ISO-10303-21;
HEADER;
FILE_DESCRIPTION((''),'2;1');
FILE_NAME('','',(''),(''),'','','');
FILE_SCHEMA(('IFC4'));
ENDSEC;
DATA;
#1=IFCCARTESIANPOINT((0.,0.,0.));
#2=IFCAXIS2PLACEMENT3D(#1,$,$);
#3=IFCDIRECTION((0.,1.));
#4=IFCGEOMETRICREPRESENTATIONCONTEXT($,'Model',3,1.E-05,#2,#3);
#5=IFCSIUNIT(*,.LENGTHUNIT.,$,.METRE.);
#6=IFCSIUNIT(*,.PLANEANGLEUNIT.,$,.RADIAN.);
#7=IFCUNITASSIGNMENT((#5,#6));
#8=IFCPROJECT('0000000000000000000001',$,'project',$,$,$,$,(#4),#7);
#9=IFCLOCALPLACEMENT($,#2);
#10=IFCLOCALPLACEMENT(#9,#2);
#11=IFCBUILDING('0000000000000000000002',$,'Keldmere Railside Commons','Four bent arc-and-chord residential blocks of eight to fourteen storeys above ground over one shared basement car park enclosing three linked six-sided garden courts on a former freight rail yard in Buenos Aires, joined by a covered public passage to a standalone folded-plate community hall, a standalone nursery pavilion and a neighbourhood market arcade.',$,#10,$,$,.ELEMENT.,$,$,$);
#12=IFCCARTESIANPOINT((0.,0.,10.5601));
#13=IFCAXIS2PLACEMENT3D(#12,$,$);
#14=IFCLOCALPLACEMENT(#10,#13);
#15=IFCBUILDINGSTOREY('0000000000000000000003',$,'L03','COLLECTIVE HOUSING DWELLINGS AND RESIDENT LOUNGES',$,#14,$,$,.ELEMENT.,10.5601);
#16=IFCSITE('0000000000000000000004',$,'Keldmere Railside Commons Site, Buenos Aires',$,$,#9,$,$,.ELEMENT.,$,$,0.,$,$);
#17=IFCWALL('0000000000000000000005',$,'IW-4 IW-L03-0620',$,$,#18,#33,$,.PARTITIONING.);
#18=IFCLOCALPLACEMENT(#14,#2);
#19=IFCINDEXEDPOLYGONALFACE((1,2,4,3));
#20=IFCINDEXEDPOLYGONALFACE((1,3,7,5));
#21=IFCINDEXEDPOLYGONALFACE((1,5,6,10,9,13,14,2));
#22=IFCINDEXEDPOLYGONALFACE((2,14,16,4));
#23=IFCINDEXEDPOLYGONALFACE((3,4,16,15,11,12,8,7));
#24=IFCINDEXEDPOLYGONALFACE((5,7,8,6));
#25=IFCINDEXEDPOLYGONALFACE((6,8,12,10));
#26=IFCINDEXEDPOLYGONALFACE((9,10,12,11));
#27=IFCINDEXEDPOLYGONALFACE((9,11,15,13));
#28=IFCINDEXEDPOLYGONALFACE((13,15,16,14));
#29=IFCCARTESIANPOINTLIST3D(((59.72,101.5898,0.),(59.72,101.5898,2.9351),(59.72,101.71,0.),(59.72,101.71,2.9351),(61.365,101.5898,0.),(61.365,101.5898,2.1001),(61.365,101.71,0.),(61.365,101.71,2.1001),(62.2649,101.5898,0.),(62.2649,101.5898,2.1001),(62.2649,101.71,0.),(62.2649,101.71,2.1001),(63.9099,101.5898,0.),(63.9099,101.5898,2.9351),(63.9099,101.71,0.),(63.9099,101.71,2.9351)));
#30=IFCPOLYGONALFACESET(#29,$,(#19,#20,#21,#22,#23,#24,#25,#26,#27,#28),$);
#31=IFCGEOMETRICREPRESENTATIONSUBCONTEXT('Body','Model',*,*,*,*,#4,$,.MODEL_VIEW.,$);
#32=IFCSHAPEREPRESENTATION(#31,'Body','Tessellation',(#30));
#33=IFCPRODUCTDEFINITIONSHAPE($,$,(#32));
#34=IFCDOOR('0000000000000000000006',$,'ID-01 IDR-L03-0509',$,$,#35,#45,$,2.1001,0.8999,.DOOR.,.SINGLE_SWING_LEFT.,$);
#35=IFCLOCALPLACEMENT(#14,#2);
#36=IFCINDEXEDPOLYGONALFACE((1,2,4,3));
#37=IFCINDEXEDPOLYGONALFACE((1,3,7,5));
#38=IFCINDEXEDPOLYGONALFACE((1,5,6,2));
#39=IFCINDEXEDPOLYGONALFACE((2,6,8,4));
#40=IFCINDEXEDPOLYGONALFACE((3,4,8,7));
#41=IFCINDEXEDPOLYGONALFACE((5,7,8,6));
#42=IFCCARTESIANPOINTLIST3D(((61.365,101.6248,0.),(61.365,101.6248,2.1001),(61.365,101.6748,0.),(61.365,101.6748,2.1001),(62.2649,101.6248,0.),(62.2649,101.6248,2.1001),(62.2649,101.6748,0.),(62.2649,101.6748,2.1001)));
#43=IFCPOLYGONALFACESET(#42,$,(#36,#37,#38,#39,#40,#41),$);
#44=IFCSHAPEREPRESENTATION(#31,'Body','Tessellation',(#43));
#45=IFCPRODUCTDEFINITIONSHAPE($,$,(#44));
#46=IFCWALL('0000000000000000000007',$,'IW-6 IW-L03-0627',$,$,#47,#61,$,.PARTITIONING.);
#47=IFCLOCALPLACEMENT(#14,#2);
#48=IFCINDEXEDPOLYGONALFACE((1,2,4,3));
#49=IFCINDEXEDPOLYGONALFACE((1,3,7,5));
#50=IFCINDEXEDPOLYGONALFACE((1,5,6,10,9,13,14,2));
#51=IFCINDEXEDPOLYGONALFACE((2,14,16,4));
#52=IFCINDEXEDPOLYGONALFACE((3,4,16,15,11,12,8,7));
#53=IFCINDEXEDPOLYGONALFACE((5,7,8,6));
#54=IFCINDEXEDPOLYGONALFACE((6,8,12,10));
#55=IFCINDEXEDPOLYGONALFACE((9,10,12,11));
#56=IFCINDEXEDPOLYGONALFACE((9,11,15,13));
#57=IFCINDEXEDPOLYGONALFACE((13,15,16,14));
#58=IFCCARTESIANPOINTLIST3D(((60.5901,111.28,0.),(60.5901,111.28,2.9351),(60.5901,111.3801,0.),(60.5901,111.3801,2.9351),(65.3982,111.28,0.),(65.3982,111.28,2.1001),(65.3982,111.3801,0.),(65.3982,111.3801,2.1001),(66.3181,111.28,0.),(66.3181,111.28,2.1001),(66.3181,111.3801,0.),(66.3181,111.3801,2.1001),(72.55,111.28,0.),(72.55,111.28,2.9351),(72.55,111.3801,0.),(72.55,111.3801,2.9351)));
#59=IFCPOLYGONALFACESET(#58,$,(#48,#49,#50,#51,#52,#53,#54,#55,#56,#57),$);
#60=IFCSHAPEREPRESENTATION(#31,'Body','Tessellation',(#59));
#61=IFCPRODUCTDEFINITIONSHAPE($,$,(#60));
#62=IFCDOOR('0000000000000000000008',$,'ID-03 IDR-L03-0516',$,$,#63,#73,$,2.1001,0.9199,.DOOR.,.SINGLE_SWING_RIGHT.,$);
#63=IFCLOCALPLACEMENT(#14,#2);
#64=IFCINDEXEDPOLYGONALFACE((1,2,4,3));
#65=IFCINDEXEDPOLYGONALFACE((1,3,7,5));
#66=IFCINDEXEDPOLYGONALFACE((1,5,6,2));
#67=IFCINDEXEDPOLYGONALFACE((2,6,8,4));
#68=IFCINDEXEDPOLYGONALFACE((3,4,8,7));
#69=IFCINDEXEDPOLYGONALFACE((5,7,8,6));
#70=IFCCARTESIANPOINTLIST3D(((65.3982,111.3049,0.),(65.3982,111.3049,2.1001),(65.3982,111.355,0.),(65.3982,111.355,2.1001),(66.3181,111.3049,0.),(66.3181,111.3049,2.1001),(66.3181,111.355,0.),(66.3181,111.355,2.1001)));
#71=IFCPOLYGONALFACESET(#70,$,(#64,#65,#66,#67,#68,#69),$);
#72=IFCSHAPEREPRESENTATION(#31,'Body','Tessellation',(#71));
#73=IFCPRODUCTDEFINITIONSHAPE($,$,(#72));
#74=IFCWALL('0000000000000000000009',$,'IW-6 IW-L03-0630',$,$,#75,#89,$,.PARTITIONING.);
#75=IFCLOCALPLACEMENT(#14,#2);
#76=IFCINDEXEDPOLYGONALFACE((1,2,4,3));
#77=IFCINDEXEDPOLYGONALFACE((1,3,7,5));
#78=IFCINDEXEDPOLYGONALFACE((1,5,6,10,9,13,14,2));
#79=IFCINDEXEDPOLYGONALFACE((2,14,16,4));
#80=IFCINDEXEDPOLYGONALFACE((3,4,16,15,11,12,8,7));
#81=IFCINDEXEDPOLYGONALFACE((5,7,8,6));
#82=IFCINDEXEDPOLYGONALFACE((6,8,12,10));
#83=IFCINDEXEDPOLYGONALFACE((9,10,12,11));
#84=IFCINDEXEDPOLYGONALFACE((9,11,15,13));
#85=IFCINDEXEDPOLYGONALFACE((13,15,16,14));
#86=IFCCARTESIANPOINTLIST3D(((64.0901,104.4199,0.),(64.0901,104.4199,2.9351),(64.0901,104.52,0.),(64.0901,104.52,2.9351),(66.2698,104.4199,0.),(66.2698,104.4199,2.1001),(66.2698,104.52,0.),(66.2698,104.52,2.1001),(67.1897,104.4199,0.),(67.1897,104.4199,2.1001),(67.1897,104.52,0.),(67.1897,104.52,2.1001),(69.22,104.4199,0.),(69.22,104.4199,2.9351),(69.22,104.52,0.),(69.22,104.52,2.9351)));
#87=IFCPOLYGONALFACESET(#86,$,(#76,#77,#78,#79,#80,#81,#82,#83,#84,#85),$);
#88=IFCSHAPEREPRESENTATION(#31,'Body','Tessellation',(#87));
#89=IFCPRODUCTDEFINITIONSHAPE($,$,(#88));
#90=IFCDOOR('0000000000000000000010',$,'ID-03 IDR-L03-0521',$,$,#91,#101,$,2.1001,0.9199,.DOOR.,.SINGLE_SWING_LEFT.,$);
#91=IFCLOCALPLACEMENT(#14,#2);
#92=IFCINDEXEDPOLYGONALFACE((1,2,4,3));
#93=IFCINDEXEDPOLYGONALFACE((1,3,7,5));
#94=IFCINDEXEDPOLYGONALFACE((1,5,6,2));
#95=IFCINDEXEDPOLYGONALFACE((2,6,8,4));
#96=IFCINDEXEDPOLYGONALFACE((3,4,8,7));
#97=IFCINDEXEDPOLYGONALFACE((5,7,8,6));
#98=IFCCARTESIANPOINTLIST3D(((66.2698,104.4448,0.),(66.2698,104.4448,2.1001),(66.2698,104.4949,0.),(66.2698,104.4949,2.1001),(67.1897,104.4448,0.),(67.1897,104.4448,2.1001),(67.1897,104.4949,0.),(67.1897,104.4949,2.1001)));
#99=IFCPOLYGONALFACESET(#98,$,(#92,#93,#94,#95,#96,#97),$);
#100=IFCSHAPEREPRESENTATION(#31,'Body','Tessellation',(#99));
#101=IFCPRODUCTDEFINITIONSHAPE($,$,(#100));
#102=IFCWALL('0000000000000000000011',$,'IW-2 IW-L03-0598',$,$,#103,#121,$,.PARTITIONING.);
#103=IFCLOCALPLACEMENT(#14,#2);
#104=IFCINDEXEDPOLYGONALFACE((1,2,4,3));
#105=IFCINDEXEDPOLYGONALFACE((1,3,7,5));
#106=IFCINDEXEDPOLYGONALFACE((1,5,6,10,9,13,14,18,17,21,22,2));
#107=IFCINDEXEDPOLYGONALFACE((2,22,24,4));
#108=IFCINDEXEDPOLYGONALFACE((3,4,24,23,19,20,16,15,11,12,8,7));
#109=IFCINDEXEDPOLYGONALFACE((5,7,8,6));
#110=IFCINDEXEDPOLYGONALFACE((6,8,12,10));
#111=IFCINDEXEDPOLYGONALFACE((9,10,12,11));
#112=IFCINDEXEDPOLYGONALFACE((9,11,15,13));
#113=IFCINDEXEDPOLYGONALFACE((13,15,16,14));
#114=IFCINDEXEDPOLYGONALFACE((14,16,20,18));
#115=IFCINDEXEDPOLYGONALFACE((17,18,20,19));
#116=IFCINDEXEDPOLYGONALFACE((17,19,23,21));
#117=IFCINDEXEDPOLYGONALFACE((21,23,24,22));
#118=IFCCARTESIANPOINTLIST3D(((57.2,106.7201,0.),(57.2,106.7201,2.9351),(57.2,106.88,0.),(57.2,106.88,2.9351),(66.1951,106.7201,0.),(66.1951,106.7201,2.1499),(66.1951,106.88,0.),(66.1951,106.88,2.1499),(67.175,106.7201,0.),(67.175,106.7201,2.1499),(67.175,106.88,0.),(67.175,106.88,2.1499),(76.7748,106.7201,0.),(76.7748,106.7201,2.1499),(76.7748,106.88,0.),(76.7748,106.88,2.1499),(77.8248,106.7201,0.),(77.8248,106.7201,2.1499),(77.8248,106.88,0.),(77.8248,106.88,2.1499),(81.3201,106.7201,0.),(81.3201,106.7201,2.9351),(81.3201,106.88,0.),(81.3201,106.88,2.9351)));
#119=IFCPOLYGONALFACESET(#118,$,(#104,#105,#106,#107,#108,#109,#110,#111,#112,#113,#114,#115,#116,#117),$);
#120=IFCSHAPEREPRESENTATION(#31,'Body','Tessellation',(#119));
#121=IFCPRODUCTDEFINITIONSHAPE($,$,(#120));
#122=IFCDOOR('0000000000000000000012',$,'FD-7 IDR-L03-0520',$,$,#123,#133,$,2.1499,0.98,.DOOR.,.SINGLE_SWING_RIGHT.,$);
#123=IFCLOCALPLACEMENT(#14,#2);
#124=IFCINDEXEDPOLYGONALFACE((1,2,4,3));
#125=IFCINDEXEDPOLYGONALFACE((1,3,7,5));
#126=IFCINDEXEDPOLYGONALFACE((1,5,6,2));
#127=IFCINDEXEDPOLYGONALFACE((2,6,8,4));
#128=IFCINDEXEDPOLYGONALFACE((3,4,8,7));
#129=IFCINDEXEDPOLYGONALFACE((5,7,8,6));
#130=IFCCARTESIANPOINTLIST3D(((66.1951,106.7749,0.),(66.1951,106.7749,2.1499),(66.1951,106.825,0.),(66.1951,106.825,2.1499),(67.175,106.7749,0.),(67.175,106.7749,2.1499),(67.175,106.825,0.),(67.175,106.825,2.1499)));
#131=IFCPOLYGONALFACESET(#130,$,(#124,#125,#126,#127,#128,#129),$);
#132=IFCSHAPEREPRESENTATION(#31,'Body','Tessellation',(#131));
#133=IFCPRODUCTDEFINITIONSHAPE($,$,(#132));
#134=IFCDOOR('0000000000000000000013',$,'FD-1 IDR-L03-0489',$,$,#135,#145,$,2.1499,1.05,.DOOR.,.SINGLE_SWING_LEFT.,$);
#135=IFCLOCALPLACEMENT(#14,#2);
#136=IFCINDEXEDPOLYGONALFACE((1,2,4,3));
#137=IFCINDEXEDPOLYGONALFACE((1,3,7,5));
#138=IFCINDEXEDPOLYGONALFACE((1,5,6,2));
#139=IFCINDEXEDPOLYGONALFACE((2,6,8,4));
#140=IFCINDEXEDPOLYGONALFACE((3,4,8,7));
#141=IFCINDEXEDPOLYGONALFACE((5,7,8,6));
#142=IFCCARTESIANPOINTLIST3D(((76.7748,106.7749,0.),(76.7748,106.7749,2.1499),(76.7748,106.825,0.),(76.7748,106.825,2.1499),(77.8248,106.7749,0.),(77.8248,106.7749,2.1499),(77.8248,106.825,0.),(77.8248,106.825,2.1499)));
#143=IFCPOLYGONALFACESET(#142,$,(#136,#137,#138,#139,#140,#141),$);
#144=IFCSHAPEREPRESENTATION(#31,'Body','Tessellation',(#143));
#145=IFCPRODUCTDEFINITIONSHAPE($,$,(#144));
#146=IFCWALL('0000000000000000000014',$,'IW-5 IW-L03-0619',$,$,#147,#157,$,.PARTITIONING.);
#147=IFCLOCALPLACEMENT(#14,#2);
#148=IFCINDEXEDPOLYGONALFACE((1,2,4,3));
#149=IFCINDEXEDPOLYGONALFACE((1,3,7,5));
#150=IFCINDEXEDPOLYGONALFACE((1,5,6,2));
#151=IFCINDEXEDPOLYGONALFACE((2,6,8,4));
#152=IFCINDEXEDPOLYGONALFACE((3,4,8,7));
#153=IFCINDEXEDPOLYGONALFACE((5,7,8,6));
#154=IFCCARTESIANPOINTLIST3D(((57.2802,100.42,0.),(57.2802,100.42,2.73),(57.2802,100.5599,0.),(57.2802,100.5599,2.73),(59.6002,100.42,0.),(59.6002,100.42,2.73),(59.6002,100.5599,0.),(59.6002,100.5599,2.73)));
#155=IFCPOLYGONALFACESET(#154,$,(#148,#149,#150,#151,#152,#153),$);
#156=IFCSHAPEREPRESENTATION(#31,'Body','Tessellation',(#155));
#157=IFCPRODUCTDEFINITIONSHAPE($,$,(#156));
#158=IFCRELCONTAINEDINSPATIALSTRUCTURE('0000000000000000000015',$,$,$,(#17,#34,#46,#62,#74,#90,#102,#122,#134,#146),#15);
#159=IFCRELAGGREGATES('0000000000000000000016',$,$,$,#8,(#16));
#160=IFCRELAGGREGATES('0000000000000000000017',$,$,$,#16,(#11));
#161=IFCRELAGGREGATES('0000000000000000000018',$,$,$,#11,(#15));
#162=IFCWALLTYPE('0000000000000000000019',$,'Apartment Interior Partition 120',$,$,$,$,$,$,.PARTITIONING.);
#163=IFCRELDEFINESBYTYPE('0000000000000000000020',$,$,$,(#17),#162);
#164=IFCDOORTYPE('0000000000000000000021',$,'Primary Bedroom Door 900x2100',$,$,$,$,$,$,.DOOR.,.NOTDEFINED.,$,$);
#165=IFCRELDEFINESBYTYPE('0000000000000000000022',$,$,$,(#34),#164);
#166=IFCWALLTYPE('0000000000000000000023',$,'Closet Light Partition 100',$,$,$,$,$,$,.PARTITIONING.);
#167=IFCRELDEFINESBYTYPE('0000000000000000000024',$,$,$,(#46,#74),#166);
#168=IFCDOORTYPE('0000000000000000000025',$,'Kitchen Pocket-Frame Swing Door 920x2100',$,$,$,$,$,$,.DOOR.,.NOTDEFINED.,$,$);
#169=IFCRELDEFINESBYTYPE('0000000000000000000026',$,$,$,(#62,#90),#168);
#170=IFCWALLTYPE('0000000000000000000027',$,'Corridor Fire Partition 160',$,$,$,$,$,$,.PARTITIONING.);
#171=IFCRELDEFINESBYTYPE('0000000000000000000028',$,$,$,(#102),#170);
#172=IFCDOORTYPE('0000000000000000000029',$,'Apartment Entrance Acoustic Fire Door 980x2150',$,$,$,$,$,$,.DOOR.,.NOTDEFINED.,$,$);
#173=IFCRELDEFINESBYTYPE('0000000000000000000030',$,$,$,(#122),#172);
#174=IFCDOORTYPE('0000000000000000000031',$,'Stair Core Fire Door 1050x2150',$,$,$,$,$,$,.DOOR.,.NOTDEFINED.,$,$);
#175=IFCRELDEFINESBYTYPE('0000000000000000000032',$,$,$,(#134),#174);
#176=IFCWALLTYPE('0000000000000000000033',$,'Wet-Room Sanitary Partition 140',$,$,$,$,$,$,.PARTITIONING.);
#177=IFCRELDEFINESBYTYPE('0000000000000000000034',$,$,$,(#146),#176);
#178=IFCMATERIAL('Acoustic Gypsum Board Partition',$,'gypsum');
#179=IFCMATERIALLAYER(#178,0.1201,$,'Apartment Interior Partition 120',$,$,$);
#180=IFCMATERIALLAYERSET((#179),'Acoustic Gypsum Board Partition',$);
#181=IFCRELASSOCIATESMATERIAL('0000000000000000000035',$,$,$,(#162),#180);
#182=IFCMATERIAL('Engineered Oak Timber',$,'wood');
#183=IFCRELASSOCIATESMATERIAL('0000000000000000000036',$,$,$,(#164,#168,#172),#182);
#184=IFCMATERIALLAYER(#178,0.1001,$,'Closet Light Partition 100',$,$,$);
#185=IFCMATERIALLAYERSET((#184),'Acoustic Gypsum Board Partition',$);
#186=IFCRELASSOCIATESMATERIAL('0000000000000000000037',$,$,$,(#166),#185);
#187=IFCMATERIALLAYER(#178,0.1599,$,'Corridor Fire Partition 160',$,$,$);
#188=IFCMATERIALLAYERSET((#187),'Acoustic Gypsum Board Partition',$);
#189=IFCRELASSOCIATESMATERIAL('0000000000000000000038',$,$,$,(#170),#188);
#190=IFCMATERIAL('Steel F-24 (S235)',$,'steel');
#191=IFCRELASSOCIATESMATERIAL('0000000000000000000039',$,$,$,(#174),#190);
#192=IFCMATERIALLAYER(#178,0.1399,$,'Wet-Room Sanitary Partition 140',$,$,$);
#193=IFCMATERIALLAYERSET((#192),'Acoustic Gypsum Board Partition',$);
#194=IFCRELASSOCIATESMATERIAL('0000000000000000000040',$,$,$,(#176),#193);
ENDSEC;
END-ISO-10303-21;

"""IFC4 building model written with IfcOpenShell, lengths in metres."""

from ifc_helpers import new_model, si_unit, direction, frame, frame_2d, origin, place, context, subcontext, project, spatial, rectangle, extrude, material, layer, layer_set, type_object, element, fill, save


model = new_model("IFC4")

# Units and contexts
model_context = context("Model", 3, precision=1e-05, world=origin(), true_north=direction((0.0, 1.0)))
body_context = subcontext(model_context, "Body", "Model", "MODEL_VIEW")
ifc_project = project(units=[si_unit("LENGTHUNIT", "METRE"), si_unit("PLANEANGLEUNIT", "RADIAN")], contexts=[model_context])

# Site, building, storey
site_placement = place(None, origin())
site = spatial("IfcSite", under=ifc_project, at=site_placement, Name="Keldmere Railside Commons Site, Buenos Aires", CompositionType="ELEMENT", RefElevation=0.0)
building_placement = place(site_placement, origin())
building = spatial("IfcBuilding", under=site, at=building_placement, Name="Keldmere Railside Commons", Description="Four bent arc-and-chord residential blocks of eight to fourteen storeys above ground over one shared basement car park enclosing three linked six-sided garden courts on a former freight rail yard in Buenos Aires, joined by a covered public passage to a standalone folded-plate community hall, a standalone nursery pavilion and a neighbourhood market arcade.", CompositionType="ELEMENT")
storey_placement = place(building_placement, frame((0.0, 0.0, 10.5601)))
storey = spatial("IfcBuildingStorey", under=building, at=storey_placement, Name="L03", Description="COLLECTIVE HOUSING DWELLINGS AND RESIDENT LOUNGES", CompositionType="ELEMENT", Elevation=10.5601)

# Shared definitions
ifc_material_1 = material(Name="Acoustic Gypsum Board Partition", Category="gypsum")

# Walls, openings, doors
ifc_layer_1 = layer(ifc_material_1, 0.1201, Name="Apartment Interior Partition 120")
ifc_layer_set_1 = layer_set([ifc_layer_1], Name="Acoustic Gypsum Board Partition")
wall_type_1 = type_object("IfcWallType", Name="Apartment Interior Partition 120", PredefinedType="PARTITIONING", material=ifc_layer_set_1)
wall_1_placement = place(storey_placement, frame((59.72, 101.6499, 0.0), z_axis=(0.0, 0.0, 1.0), x_axis=(1.0, 0.0, 0.0)))
wall_1 = element("IfcWall", 1, at=wall_1_placement, inside=storey, type_object=wall_type_1, Name="IW-4 IW-L03-0620", PredefinedType="PARTITIONING", context=body_context, shape_type="SweptSolid", body=[
    extrude(rectangle(XDim=4.1899, YDim=0.1201, at=frame_2d((2.095, 0.0))), origin(), (0.0, 0.0, 1.0), 2.9351),
])
opening_1_placement = place(wall_1_placement, frame((1.645, 0.0, 0.0)))
opening_1 = element("IfcOpeningElement", 2, at=opening_1_placement, cuts=wall_1, PredefinedType="OPENING", context=body_context, shape_type="SweptSolid", body=[
    extrude(rectangle(XDim=0.8999, YDim=2.1001, at=frame_2d((0.45, 1.05))), frame((0.0, 0.0701, 0.0), z_axis=(0.0, -1.0, 0.0), x_axis=(1.0, 0.0, 0.0)), (0.0, 0.0, 1.0), 0.1401),
])
ifc_material_2 = material(Name="Engineered Oak Timber", Category="wood")
door_type_1 = type_object("IfcDoorType", Name="Primary Bedroom Door 900x2100", OperationType="NOTDEFINED", PredefinedType="DOOR", material=ifc_material_2)
door_1_placement = place(opening_1_placement, origin())
door_1 = element("IfcDoor", 3, at=door_1_placement, inside=storey, type_object=door_type_1, Name="ID-01 IDR-L03-0509", OperationType="SINGLE_SWING_LEFT", OverallHeight=2.1001, OverallWidth=0.8999, PredefinedType="DOOR", context=body_context, shape_type="SweptSolid", body=[
    extrude(rectangle(XDim=0.8999, YDim=2.1001, at=frame_2d((0.45, 1.05))), frame((0.0, 0.0249, 0.0), z_axis=(0.0, -1.0, 0.0), x_axis=(1.0, 0.0, 0.0)), (0.0, 0.0, 1.0), 0.05),
])
fill(opening_1, door_1)
ifc_layer_2 = layer(ifc_material_1, 0.1001, Name="Closet Light Partition 100")
ifc_layer_set_2 = layer_set([ifc_layer_2], Name="Acoustic Gypsum Board Partition")
wall_type_2 = type_object("IfcWallType", Name="Closet Light Partition 100", PredefinedType="PARTITIONING", material=ifc_layer_set_2)
wall_2_placement = place(storey_placement, frame((60.5901, 111.3301, 0.0), z_axis=(0.0, 0.0, 1.0), x_axis=(1.0, 0.0, 0.0)))
wall_2 = element("IfcWall", 4, at=wall_2_placement, inside=storey, type_object=wall_type_2, Name="IW-6 IW-L03-0627", PredefinedType="PARTITIONING", context=body_context, shape_type="SweptSolid", body=[
    extrude(rectangle(XDim=11.96, YDim=0.1001, at=frame_2d((5.98, 0.0))), origin(), (0.0, 0.0, 1.0), 2.9351),
])
opening_2_placement = place(wall_2_placement, frame((4.8081, 0.0, 0.0)))
opening_2 = element("IfcOpeningElement", 5, at=opening_2_placement, cuts=wall_2, PredefinedType="OPENING", context=body_context, shape_type="SweptSolid", body=[
    extrude(rectangle(XDim=0.9199, YDim=2.1001, at=frame_2d((0.46, 1.05))), frame((0.0, 0.0601, 0.0), z_axis=(0.0, -1.0, 0.0), x_axis=(1.0, 0.0, 0.0)), (0.0, 0.0, 1.0), 0.1201),
])
door_type_2 = type_object("IfcDoorType", Name="Kitchen Pocket-Frame Swing Door 920x2100", OperationType="NOTDEFINED", PredefinedType="DOOR", material=ifc_material_2)
door_2_placement = place(opening_2_placement, origin())
door_2 = element("IfcDoor", 6, at=door_2_placement, inside=storey, type_object=door_type_2, Name="ID-03 IDR-L03-0516", OperationType="SINGLE_SWING_RIGHT", OverallHeight=2.1001, OverallWidth=0.9199, PredefinedType="DOOR", context=body_context, shape_type="SweptSolid", body=[
    extrude(rectangle(XDim=0.9199, YDim=2.1001, at=frame_2d((0.46, 1.05))), frame((0.0, 0.0249, 0.0), z_axis=(0.0, -1.0, 0.0), x_axis=(1.0, 0.0, 0.0)), (0.0, 0.0, 1.0), 0.05),
])
fill(opening_2, door_2)
wall_3_placement = place(storey_placement, frame((64.0901, 104.47, 0.0), z_axis=(0.0, 0.0, 1.0), x_axis=(1.0, 0.0, 0.0)))
wall_3 = element("IfcWall", 7, at=wall_3_placement, inside=storey, type_object=wall_type_2, Name="IW-6 IW-L03-0630", PredefinedType="PARTITIONING", context=body_context, shape_type="SweptSolid", body=[
    extrude(rectangle(XDim=5.1299, YDim=0.1001, at=frame_2d((2.5649, 0.0))), origin(), (0.0, 0.0, 1.0), 2.9351),
])
opening_3_placement = place(wall_3_placement, frame((2.1797, 0.0, 0.0)))
opening_3 = element("IfcOpeningElement", 8, at=opening_3_placement, cuts=wall_3, PredefinedType="OPENING", context=body_context, shape_type="SweptSolid", body=[
    extrude(rectangle(XDim=0.9199, YDim=2.1001, at=frame_2d((0.46, 1.05))), frame((0.0, 0.0601, 0.0), z_axis=(0.0, -1.0, 0.0), x_axis=(1.0, 0.0, 0.0)), (0.0, 0.0, 1.0), 0.1201),
])
door_3_placement = place(opening_3_placement, origin())
door_3 = element("IfcDoor", 9, at=door_3_placement, inside=storey, type_object=door_type_2, Name="ID-03 IDR-L03-0521", OperationType="SINGLE_SWING_LEFT", OverallHeight=2.1001, OverallWidth=0.9199, PredefinedType="DOOR", context=body_context, shape_type="SweptSolid", body=[
    extrude(rectangle(XDim=0.9199, YDim=2.1001, at=frame_2d((0.46, 1.05))), frame((0.0, 0.0249, 0.0), z_axis=(0.0, -1.0, 0.0), x_axis=(1.0, 0.0, 0.0)), (0.0, 0.0, 1.0), 0.05),
])
fill(opening_3, door_3)

# Wall, openings, doors
ifc_layer_3 = layer(ifc_material_1, 0.1599, Name="Corridor Fire Partition 160")
ifc_layer_set_3 = layer_set([ifc_layer_3], Name="Acoustic Gypsum Board Partition")
wall_type_3 = type_object("IfcWallType", Name="Corridor Fire Partition 160", PredefinedType="PARTITIONING", material=ifc_layer_set_3)
wall_4_placement = place(storey_placement, frame((57.2, 106.8, 0.0), z_axis=(0.0, 0.0, 1.0), x_axis=(1.0, 0.0, 0.0)))
wall_4 = element("IfcWall", 10, at=wall_4_placement, inside=storey, type_object=wall_type_3, Name="IW-2 IW-L03-0598", PredefinedType="PARTITIONING", context=body_context, shape_type="SweptSolid", body=[
    extrude(rectangle(XDim=24.1201, YDim=0.1599, at=frame_2d((12.0601, 0.0))), origin(), (0.0, 0.0, 1.0), 2.9351),
])
opening_4_placement = place(wall_4_placement, frame((19.575, 0.0, 0.0)))
opening_4 = element("IfcOpeningElement", 11, at=opening_4_placement, cuts=wall_4, PredefinedType="OPENING", context=body_context, shape_type="SweptSolid", body=[
    extrude(rectangle(XDim=1.05, YDim=2.1499, at=frame_2d((0.5249, 1.075))), frame((0.0, 0.0898, 0.0), z_axis=(0.0, -1.0, 0.0), x_axis=(1.0, 0.0, 0.0)), (0.0, 0.0, 1.0), 0.1799),
])
opening_5_placement = place(wall_4_placement, frame((8.9951, 0.0, 0.0)))
opening_5 = element("IfcOpeningElement", 12, at=opening_5_placement, cuts=wall_4, PredefinedType="OPENING", context=body_context, shape_type="SweptSolid", body=[
    extrude(rectangle(XDim=0.98, YDim=2.1499, at=frame_2d((0.49, 1.075))), frame((0.0, 0.0898, 0.0), z_axis=(0.0, -1.0, 0.0), x_axis=(1.0, 0.0, 0.0)), (0.0, 0.0, 1.0), 0.1799),
])
door_type_3 = type_object("IfcDoorType", Name="Apartment Entrance Acoustic Fire Door 980x2150", OperationType="NOTDEFINED", PredefinedType="DOOR", material=ifc_material_2)
door_4_placement = place(opening_5_placement, origin())
door_4 = element("IfcDoor", 13, at=door_4_placement, inside=storey, type_object=door_type_3, Name="FD-7 IDR-L03-0520", OperationType="SINGLE_SWING_RIGHT", OverallHeight=2.1499, OverallWidth=0.98, PredefinedType="DOOR", context=body_context, shape_type="SweptSolid", body=[
    extrude(rectangle(XDim=0.98, YDim=2.1499, at=frame_2d((0.49, 1.075))), frame((0.0, 0.0249, 0.0), z_axis=(0.0, -1.0, 0.0), x_axis=(1.0, 0.0, 0.0)), (0.0, 0.0, 1.0), 0.05),
])
fill(opening_5, door_4)
ifc_material_3 = material(Name="Steel F-24 (S235)", Category="steel")
door_type_4 = type_object("IfcDoorType", Name="Stair Core Fire Door 1050x2150", OperationType="NOTDEFINED", PredefinedType="DOOR", material=ifc_material_3)
door_5_placement = place(opening_4_placement, origin())
door_5 = element("IfcDoor", 14, at=door_5_placement, inside=storey, type_object=door_type_4, Name="FD-1 IDR-L03-0489", OperationType="SINGLE_SWING_LEFT", OverallHeight=2.1499, OverallWidth=1.05, PredefinedType="DOOR", context=body_context, shape_type="SweptSolid", body=[
    extrude(rectangle(XDim=1.05, YDim=2.1499, at=frame_2d((0.5249, 1.075))), frame((0.0, 0.0249, 0.0), z_axis=(0.0, -1.0, 0.0), x_axis=(1.0, 0.0, 0.0)), (0.0, 0.0, 1.0), 0.05),
])
fill(opening_4, door_5)

# Wall
ifc_layer_4 = layer(ifc_material_1, 0.1399, Name="Wet-Room Sanitary Partition 140")
ifc_layer_set_4 = layer_set([ifc_layer_4], Name="Acoustic Gypsum Board Partition")
wall_type_4 = type_object("IfcWallType", Name="Wet-Room Sanitary Partition 140", PredefinedType="PARTITIONING", material=ifc_layer_set_4)
wall_5_placement = place(storey_placement, frame((57.28, 100.49, 0.0), z_axis=(0.0, 0.0, 1.0), x_axis=(1.0, 0.0, 0.0)))
element("IfcWall", 15, at=wall_5_placement, inside=storey, type_object=wall_type_4, Name="IW-5 IW-L03-0619", PredefinedType="PARTITIONING", context=body_context, shape_type="SweptSolid", body=[
    extrude(rectangle(XDim=2.3201, YDim=0.1399, at=frame_2d((1.1602, 0.0))), origin(), (0.0, 0.0, 1.0), 2.73),
])

save(model, "model.ifc")
